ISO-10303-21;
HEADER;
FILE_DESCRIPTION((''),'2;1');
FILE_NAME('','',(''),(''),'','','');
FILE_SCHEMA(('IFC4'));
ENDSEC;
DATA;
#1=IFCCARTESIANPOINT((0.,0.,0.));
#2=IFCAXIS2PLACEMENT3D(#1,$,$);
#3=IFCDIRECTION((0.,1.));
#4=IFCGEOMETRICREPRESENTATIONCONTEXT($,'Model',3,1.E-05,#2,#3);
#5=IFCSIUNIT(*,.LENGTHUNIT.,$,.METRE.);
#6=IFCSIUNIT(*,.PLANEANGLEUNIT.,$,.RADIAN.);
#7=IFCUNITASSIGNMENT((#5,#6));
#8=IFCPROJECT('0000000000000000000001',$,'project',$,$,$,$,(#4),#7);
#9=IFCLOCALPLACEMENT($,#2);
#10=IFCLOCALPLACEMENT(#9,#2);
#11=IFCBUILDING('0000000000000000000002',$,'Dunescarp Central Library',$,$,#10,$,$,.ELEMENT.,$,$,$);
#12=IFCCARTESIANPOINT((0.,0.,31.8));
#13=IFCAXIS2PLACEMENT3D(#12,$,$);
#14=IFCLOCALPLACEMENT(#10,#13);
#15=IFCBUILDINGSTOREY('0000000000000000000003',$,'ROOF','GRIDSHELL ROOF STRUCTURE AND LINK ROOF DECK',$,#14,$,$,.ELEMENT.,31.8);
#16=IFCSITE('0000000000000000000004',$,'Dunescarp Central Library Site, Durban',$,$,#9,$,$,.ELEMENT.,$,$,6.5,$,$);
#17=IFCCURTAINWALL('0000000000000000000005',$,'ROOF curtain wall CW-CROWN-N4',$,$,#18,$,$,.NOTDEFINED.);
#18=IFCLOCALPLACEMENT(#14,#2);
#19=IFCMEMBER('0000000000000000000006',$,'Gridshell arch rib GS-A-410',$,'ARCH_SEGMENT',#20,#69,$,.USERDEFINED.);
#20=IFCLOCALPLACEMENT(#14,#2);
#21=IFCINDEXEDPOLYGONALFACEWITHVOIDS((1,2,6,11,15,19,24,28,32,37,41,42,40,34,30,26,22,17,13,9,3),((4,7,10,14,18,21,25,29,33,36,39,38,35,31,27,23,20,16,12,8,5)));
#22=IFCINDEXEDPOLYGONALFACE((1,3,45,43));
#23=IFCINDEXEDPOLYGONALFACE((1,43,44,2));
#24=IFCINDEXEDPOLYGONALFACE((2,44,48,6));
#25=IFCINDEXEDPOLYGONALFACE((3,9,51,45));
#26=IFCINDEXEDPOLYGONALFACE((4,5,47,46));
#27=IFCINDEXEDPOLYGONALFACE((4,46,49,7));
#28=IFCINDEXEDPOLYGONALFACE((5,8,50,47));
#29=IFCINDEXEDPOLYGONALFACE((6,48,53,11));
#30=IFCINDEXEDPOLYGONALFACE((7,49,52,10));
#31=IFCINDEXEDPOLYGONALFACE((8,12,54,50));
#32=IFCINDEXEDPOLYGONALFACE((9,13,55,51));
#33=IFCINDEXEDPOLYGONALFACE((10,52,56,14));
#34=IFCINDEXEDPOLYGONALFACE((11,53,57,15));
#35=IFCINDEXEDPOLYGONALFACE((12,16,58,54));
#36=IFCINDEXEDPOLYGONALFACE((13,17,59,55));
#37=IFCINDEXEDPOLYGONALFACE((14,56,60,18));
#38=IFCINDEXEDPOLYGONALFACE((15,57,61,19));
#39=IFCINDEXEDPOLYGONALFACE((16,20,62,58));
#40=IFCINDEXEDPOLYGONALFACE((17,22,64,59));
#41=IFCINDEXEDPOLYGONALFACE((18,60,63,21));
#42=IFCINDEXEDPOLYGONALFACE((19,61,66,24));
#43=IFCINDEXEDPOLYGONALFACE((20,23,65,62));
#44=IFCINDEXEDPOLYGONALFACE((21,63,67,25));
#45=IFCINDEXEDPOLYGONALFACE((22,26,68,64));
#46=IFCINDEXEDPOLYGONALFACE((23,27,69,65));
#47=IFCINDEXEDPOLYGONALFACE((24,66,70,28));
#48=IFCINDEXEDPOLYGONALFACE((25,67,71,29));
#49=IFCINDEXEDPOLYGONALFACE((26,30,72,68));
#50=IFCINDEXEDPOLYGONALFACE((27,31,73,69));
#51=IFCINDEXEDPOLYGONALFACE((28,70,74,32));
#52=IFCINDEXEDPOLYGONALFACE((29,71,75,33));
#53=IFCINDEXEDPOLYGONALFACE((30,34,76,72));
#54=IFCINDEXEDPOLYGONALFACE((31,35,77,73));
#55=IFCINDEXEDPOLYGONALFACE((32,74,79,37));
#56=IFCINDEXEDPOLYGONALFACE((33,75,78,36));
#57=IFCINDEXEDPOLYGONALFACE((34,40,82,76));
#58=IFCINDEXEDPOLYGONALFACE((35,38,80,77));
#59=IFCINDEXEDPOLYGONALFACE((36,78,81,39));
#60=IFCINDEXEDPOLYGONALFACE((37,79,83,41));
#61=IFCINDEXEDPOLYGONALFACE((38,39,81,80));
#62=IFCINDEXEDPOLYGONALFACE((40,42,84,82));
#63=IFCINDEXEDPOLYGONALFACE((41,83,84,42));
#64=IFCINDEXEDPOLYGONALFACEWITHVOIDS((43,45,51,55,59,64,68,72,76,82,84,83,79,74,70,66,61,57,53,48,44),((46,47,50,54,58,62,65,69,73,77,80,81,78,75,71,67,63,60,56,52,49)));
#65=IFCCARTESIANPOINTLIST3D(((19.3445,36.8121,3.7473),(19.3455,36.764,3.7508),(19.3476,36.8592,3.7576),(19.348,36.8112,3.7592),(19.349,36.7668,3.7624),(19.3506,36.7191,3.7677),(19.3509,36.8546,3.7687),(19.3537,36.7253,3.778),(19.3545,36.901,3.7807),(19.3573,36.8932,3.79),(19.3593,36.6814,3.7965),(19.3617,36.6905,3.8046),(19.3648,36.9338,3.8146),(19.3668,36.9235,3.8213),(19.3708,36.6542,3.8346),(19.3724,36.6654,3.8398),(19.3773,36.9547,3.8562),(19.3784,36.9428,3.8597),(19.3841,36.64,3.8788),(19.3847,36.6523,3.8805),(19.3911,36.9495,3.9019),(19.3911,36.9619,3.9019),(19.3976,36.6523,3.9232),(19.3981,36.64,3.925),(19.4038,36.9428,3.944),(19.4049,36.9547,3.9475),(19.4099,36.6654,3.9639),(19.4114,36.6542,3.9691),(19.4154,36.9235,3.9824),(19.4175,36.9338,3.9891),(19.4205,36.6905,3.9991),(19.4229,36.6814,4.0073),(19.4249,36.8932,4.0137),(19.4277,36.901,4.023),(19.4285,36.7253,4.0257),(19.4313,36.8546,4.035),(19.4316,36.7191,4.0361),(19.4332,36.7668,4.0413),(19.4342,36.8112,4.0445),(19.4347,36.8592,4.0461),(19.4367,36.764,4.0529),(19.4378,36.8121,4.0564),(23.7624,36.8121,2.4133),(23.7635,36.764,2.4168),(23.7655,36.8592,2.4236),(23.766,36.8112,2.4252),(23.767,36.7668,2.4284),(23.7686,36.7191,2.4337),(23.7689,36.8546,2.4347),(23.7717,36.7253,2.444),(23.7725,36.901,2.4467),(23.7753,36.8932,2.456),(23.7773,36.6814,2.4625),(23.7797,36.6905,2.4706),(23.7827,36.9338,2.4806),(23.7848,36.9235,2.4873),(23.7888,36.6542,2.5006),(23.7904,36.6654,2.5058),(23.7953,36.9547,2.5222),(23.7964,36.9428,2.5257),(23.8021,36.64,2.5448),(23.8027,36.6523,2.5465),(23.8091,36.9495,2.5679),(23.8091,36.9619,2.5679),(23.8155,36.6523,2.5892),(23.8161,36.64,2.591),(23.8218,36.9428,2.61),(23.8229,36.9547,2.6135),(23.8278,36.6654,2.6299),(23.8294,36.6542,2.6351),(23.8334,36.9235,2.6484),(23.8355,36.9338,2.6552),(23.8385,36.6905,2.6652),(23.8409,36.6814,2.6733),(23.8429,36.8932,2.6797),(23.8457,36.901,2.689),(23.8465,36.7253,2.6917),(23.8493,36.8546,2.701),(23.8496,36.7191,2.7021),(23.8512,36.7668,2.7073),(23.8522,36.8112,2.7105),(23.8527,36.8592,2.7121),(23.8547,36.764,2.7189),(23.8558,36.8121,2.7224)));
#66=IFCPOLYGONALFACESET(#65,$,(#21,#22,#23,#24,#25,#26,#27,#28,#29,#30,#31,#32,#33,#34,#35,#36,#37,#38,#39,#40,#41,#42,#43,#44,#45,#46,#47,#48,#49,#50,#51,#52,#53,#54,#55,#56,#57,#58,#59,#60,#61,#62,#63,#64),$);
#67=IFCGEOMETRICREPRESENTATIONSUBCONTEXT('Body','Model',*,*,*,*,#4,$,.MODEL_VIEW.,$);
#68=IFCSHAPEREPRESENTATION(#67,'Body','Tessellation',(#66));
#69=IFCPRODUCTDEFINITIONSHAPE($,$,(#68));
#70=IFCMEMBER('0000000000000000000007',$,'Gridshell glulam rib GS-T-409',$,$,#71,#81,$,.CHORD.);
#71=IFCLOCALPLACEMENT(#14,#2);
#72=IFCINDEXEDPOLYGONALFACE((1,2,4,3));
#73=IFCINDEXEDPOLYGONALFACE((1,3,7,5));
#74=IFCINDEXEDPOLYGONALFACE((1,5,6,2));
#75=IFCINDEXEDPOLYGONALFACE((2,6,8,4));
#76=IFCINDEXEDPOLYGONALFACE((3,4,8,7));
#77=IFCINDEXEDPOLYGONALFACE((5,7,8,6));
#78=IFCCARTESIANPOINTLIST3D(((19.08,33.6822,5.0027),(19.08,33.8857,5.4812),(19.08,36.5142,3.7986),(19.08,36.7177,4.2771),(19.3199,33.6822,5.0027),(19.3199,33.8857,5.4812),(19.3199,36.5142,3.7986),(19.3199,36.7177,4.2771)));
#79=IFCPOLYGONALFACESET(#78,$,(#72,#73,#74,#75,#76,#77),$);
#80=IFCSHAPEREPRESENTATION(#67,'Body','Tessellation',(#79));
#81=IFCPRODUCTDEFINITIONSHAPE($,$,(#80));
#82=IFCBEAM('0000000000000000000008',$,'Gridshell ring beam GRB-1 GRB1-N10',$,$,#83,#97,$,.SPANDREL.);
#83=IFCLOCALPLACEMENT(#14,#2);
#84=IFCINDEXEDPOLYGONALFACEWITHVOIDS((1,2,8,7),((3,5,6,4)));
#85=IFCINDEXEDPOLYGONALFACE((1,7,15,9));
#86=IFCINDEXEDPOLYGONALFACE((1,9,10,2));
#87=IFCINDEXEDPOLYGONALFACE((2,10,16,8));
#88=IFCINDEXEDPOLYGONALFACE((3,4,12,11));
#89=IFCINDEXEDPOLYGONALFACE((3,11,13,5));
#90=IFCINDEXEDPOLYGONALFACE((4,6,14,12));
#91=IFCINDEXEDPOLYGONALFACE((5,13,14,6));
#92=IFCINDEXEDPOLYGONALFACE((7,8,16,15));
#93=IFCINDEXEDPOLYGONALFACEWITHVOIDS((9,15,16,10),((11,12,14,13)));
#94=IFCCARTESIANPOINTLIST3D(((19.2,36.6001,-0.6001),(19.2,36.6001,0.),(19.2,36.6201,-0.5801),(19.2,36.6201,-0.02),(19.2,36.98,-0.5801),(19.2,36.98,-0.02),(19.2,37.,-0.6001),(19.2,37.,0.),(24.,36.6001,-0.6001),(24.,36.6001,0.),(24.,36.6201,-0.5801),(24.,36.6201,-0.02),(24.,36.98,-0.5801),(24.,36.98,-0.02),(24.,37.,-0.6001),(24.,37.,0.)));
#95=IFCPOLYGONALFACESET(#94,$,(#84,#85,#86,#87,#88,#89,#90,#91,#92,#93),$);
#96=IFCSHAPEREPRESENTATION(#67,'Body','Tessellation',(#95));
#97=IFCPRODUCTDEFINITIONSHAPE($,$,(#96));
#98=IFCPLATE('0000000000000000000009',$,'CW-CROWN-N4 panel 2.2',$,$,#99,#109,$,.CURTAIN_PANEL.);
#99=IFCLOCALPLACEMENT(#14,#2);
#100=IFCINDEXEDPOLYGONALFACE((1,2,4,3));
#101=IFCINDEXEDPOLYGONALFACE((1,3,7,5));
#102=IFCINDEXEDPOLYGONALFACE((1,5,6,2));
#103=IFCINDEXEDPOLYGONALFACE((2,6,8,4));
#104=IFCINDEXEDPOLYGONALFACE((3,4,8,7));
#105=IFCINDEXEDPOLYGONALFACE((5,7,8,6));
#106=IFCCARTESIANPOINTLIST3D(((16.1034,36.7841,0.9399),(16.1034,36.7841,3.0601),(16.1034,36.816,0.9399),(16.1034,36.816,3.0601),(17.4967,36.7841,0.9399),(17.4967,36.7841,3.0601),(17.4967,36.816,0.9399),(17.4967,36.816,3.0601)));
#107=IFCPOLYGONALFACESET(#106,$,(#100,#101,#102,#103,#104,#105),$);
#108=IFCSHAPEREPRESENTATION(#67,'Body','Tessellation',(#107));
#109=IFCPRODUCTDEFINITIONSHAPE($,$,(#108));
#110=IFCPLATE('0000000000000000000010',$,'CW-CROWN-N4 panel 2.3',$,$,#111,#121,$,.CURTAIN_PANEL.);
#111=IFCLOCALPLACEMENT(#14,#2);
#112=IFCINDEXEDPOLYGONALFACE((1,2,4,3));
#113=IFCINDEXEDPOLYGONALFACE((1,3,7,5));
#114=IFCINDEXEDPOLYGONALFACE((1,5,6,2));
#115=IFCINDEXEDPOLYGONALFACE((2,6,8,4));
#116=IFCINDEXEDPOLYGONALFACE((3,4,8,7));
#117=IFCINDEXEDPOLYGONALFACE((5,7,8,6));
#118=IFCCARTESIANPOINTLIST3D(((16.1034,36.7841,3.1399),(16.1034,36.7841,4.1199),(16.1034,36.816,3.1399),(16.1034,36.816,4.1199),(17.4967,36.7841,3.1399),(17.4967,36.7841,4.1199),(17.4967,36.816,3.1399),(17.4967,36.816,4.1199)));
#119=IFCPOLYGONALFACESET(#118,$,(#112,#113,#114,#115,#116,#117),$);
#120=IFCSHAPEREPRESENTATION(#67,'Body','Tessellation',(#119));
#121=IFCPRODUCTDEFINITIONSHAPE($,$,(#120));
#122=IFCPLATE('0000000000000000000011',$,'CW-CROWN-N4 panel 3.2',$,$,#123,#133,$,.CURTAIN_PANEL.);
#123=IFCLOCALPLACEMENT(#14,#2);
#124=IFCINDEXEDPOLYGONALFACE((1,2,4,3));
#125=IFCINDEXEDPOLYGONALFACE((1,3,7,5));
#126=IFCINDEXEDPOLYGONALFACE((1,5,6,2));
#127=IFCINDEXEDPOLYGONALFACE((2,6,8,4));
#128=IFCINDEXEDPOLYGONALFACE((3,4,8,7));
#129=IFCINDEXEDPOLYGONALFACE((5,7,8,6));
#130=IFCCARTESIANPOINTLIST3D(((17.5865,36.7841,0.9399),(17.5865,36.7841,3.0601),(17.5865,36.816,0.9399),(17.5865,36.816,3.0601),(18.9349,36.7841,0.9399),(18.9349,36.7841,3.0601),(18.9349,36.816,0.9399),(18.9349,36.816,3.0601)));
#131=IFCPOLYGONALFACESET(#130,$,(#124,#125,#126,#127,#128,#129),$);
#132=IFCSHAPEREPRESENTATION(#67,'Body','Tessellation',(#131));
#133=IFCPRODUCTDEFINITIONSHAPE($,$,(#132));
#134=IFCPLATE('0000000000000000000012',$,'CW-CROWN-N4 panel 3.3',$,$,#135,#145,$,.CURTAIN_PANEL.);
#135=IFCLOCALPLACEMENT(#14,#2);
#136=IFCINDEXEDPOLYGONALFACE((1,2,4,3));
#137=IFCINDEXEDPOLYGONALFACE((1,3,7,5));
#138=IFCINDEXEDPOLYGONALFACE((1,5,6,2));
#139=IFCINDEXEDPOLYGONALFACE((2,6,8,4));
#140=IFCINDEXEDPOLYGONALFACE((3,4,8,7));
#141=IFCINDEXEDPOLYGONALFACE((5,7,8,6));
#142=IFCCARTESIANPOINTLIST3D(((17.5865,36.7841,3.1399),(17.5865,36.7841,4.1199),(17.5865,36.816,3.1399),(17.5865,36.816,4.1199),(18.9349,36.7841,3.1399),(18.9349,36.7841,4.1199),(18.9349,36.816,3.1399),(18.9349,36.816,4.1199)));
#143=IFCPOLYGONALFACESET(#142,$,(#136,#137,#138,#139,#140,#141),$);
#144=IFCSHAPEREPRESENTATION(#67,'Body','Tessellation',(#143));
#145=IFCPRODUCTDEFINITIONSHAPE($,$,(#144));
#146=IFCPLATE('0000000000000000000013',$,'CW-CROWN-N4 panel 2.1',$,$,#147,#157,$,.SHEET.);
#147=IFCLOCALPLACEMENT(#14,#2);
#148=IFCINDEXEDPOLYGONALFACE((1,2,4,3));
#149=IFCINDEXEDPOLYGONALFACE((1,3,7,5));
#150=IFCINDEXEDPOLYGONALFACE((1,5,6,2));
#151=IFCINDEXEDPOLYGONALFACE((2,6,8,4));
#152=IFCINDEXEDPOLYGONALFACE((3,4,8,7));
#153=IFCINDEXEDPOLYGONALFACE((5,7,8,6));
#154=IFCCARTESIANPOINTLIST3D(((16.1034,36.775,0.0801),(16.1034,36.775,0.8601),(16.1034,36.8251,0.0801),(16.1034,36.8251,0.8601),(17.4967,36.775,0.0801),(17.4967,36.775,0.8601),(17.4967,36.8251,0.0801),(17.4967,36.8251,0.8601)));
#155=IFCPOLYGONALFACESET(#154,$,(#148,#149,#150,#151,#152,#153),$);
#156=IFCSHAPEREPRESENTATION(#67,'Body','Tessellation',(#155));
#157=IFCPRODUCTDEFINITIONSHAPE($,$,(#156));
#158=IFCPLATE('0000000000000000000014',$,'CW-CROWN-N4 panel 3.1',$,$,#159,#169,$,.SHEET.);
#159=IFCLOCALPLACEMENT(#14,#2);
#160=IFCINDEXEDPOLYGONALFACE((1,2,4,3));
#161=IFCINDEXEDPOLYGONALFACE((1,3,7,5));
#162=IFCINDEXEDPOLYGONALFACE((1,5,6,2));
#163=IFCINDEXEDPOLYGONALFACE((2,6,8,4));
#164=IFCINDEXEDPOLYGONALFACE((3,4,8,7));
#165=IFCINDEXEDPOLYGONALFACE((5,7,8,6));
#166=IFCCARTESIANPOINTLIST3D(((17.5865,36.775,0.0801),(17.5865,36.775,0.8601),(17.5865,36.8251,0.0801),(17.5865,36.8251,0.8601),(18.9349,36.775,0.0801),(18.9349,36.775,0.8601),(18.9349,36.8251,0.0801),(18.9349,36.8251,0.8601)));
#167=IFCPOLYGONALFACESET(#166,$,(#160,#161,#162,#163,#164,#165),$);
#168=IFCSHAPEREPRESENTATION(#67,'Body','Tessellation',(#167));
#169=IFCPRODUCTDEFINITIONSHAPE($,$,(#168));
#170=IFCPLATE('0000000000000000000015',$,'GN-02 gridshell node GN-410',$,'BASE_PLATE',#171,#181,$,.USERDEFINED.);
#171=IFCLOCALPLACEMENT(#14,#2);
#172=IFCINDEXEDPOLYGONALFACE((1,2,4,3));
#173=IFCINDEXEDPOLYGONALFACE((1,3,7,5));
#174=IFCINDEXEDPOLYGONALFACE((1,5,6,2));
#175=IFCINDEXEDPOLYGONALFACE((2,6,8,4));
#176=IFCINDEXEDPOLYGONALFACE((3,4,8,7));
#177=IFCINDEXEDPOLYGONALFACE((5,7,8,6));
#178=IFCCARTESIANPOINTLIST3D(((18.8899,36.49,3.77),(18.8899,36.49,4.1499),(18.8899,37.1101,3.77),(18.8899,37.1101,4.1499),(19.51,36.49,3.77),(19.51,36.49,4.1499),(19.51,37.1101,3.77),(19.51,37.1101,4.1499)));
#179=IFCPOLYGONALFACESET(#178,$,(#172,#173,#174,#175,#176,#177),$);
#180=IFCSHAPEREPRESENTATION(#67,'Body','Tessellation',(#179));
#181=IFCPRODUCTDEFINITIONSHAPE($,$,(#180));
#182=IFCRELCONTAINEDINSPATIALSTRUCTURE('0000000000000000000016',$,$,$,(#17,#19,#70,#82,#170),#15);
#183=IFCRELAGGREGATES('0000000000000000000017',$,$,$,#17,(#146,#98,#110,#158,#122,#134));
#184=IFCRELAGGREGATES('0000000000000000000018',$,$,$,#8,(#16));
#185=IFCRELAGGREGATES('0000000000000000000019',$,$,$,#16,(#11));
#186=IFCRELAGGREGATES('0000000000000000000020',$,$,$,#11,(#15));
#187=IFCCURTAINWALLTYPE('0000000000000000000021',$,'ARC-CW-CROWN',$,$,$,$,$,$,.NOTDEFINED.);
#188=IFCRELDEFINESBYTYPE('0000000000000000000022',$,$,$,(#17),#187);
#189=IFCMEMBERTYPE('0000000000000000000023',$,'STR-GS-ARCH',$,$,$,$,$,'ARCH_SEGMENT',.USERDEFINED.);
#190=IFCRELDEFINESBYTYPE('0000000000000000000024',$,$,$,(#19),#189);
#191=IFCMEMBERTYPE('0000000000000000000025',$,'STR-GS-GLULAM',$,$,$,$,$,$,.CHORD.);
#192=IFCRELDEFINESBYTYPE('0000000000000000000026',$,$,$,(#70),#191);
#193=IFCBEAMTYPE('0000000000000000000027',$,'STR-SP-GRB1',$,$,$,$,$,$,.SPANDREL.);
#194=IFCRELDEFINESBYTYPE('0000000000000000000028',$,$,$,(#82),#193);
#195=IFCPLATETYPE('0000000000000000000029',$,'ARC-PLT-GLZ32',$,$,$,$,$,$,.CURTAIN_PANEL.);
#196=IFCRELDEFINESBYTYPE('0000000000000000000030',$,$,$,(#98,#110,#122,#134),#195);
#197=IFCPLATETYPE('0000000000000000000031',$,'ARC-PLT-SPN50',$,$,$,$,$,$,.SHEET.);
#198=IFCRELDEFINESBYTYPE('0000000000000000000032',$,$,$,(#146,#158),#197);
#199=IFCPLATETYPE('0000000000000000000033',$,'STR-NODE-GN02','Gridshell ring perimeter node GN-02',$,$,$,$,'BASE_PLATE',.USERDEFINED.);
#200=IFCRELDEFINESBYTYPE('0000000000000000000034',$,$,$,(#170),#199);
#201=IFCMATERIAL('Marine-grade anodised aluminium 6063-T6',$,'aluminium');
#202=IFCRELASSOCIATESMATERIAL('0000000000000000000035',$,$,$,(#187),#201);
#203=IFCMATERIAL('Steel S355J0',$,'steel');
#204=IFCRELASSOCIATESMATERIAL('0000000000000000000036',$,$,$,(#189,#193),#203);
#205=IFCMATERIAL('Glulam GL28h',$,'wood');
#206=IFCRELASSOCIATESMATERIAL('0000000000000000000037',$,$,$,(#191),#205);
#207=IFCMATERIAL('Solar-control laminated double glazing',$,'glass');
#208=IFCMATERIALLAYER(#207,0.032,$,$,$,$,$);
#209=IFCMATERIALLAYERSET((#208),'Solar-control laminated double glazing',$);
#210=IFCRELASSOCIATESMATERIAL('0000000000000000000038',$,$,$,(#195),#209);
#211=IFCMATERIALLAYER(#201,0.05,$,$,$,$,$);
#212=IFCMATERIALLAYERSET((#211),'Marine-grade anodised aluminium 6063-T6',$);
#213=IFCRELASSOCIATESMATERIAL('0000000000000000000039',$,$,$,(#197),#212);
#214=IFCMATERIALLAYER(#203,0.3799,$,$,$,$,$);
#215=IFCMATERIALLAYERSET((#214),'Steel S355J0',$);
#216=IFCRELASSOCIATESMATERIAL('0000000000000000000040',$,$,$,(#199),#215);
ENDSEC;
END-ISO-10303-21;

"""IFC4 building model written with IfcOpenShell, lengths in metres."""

from ifc_helpers import new_model, si_unit, direction, frame, origin, origin_2d, place, context, subcontext, project, spatial, rectangle, hollow_rectangle, hollow_circle, extrude, material, layer, layer_set, material_profile, profile_set, type_object, element, aggregate, save


model = new_model("IFC4")

# Units and contexts
model_context = context("Model", 3, precision=1e-05, world=origin(), true_north=direction((0.0, 1.0)))
body_context = subcontext(model_context, "Body", "Model", "MODEL_VIEW")
ifc_project = project(units=[si_unit("LENGTHUNIT", "METRE"), si_unit("PLANEANGLEUNIT", "RADIAN")], contexts=[model_context])

# Site, building, storey
site_placement = place(None, origin())
site = spatial("IfcSite", under=ifc_project, at=site_placement, Name="Dunescarp Central Library Site, Durban", CompositionType="ELEMENT", RefElevation=6.5)
building_placement = place(site_placement, origin())
building = spatial("IfcBuilding", under=site, at=building_placement, Name="Dunescarp Central Library", CompositionType="ELEMENT")
storey_placement = place(building_placement, frame((0.0, 0.0, 31.8)))
storey = spatial("IfcBuildingStorey", under=building, at=storey_placement, Name="ROOF", Description="GRIDSHELL ROOF STRUCTURE AND LINK ROOF DECK", CompositionType="ELEMENT", Elevation=31.8)

# Curtain wall
ifc_material_1 = material(Name="Marine-grade anodised aluminium 6063-T6", Category="aluminium")
curtain_wall_type = type_object("IfcCurtainWallType", Name="ARC-CW-CROWN", PredefinedType="NOTDEFINED", material=ifc_material_1)
curtain_wall_1_placement = place(storey_placement, origin())
curtain_wall_1 = element("IfcCurtainWall", 1, at=curtain_wall_1_placement, inside=storey, type_object=curtain_wall_type, Name="ROOF curtain wall CW-CROWN-N4", PredefinedType="NOTDEFINED")

# Members
ifc_material_2 = material(Name="Steel S355J0", Category="steel")
ifc_material_profile_1 = material_profile(ifc_material_2, hollow_circle(Radius=0.1619, WallThickness=0.0125, at=origin_2d()), Name="CHS 323.9x12.5")
ifc_profile_set_1 = profile_set([ifc_material_profile_1], Name="Steel S355J0")
member_type_1 = type_object("IfcMemberType", Name="STR-GS-ARCH", ElementType="ARCH_SEGMENT", PredefinedType="USERDEFINED", material=ifc_profile_set_1)
member_1_placement = place(storey_placement, frame((19.3911, 36.8, 3.9019), z_axis=(0.957312, 0.0, -0.289056), x_axis=(0.0, 1.0, 0.0)))
element("IfcMember", 2, at=member_1_placement, inside=storey, type_object=member_type_1, Name="Gridshell arch rib GS-A-410", ObjectType="ARCH_SEGMENT", PredefinedType="USERDEFINED", context=body_context, shape_type="SweptSolid", body=[
    extrude(hollow_circle(Radius=0.1619, WallThickness=0.0125, at=origin_2d()), origin(), (0.0, 0.0, 1.0), 4.615),
])
ifc_material_3 = material(Name="Glulam GL28h", Category="wood")
ifc_material_profile_2 = material_profile(ifc_material_3, rectangle(XDim=0.24, YDim=0.52, at=origin_2d()), Name="GL28h 240x520")
ifc_profile_set_2 = profile_set([ifc_material_profile_2], Name="Glulam GL28h")
member_type_2 = type_object("IfcMemberType", Name="STR-GS-GLULAM", PredefinedType="CHORD", material=ifc_profile_set_2)
member_2_placement = place(storey_placement, frame((19.2, 33.7839, 5.2419), z_axis=(0.0, 0.920274, -0.391275), x_axis=(-1.0, 0.0, 0.0)))
element("IfcMember", 3, at=member_2_placement, inside=storey, type_object=member_type_2, Name="Gridshell glulam rib GS-T-409", PredefinedType="CHORD", context=body_context, shape_type="SweptSolid", body=[
    extrude(rectangle(XDim=0.24, YDim=0.52, at=origin_2d()), origin(), (0.0, 0.0, 1.0), 3.0774),
])

# Beam
ifc_material_profile_3 = material_profile(ifc_material_2, hollow_rectangle(XDim=0.3999, YDim=0.6001, WallThickness=0.02, at=origin_2d()), Name="RHS 600x400x20")
ifc_profile_set_3 = profile_set([ifc_material_profile_3], Name="Steel S355J0")
beam_type = type_object("IfcBeamType", Name="STR-SP-GRB1", PredefinedType="SPANDREL", material=ifc_profile_set_3)
beam_placement = place(storey_placement, frame((19.2, 36.8, -0.3), z_axis=(1.0, 0.0, 0.0), x_axis=(0.0, 1.0, 0.0)))
element("IfcBeam", 4, at=beam_placement, inside=storey, type_object=beam_type, Name="Gridshell ring beam GRB-1 GRB1-N10", PredefinedType="SPANDREL", context=body_context, shape_type="SweptSolid", body=[
    extrude(hollow_rectangle(XDim=0.3999, YDim=0.6001, WallThickness=0.02, at=origin_2d()), origin(), (0.0, 0.0, 1.0), 4.8),
])

# Plates
ifc_material_4 = material(Name="Solar-control laminated double glazing", Category="glass")
ifc_layer_1 = layer(ifc_material_4, 0.032)
ifc_layer_set_1 = layer_set([ifc_layer_1], Name="Solar-control laminated double glazing")
plate_type_1 = type_object("IfcPlateType", Name="ARC-PLT-GLZ32", PredefinedType="CURTAIN_PANEL", material=ifc_layer_set_1)
plate_1_placement = place(storey_placement, frame((16.8, 36.8, 0.9399), z_axis=(0.0, 0.0, 1.0), x_axis=(1.0, 0.0, 0.0)))
plate_1 = element("IfcPlate", 5, at=plate_1_placement, type_object=plate_type_1, Name="CW-CROWN-N4 panel 2.2", PredefinedType="CURTAIN_PANEL", context=body_context, shape_type="SweptSolid", body=[
    extrude(rectangle(XDim=1.3933, YDim=0.032, at=origin_2d()), origin(), (0.0, 0.0, 1.0), 2.1201),
])
plate_2_placement = place(storey_placement, frame((16.8, 36.8, 3.1399), z_axis=(0.0, 0.0, 1.0), x_axis=(1.0, 0.0, 0.0)))
plate_2 = element("IfcPlate", 6, at=plate_2_placement, type_object=plate_type_1, Name="CW-CROWN-N4 panel 2.3", PredefinedType="CURTAIN_PANEL", context=body_context, shape_type="SweptSolid", body=[
    extrude(rectangle(XDim=1.3933, YDim=0.032, at=origin_2d()), origin(), (0.0, 0.0, 1.0), 0.98),
])
plate_3_placement = place(storey_placement, frame((18.2607, 36.8, 0.9399), z_axis=(0.0, 0.0, 1.0), x_axis=(1.0, 0.0, 0.0)))
plate_3 = element("IfcPlate", 7, at=plate_3_placement, type_object=plate_type_1, Name="CW-CROWN-N4 panel 3.2", PredefinedType="CURTAIN_PANEL", context=body_context, shape_type="SweptSolid", body=[
    extrude(rectangle(XDim=1.3484, YDim=0.032, at=origin_2d()), origin(), (0.0, 0.0, 1.0), 2.1201),
])
plate_4_placement = place(storey_placement, frame((18.2607, 36.8, 3.1399), z_axis=(0.0, 0.0, 1.0), x_axis=(1.0, 0.0, 0.0)))
plate_4 = element("IfcPlate", 8, at=plate_4_placement, type_object=plate_type_1, Name="CW-CROWN-N4 panel 3.3", PredefinedType="CURTAIN_PANEL", context=body_context, shape_type="SweptSolid", body=[
    extrude(rectangle(XDim=1.3484, YDim=0.032, at=origin_2d()), origin(), (0.0, 0.0, 1.0), 0.98),
])
ifc_layer_2 = layer(ifc_material_1, 0.05)
ifc_layer_set_2 = layer_set([ifc_layer_2], Name="Marine-grade anodised aluminium 6063-T6")
plate_type_2 = type_object("IfcPlateType", Name="ARC-PLT-SPN50", PredefinedType="SHEET", material=ifc_layer_set_2)
plate_5_placement = place(storey_placement, frame((16.8, 36.8, 0.0801), z_axis=(0.0, 0.0, 1.0), x_axis=(1.0, 0.0, 0.0)))
plate_5 = element("IfcPlate", 9, at=plate_5_placement, type_object=plate_type_2, Name="CW-CROWN-N4 panel 2.1", PredefinedType="SHEET", context=body_context, shape_type="SweptSolid", body=[
    extrude(rectangle(XDim=1.3933, YDim=0.05, at=origin_2d()), origin(), (0.0, 0.0, 1.0), 0.78),
])
plate_6_placement = place(storey_placement, frame((18.2607, 36.8, 0.0801), z_axis=(0.0, 0.0, 1.0), x_axis=(1.0, 0.0, 0.0)))
plate_6 = element("IfcPlate", 10, at=plate_6_placement, type_object=plate_type_2, Name="CW-CROWN-N4 panel 3.1", PredefinedType="SHEET", context=body_context, shape_type="SweptSolid", body=[
    extrude(rectangle(XDim=1.3484, YDim=0.05, at=origin_2d()), origin(), (0.0, 0.0, 1.0), 0.78),
])
aggregate(curtain_wall_1, [plate_5, plate_1, plate_2, plate_6, plate_3, plate_4])
ifc_layer_3 = layer(ifc_material_2, 0.3799)
ifc_layer_set_3 = layer_set([ifc_layer_3], Name="Steel S355J0")
plate_type_3 = type_object("IfcPlateType", Name="STR-NODE-GN02", Description="Gridshell ring perimeter node GN-02", ElementType="BASE_PLATE", PredefinedType="USERDEFINED", material=ifc_layer_set_3)
plate_7_placement = place(storey_placement, frame((19.2, 36.8, 3.77), z_axis=(0.0, 0.0, 1.0), x_axis=(1.0, 0.0, 0.0)))
element("IfcPlate", 11, at=plate_7_placement, inside=storey, type_object=plate_type_3, Name="GN-02 gridshell node GN-410", ObjectType="BASE_PLATE", PredefinedType="USERDEFINED", context=body_context, shape_type="SweptSolid", body=[
    extrude(rectangle(XDim=0.6201, YDim=0.6201, at=origin_2d()), origin(), (0.0, 0.0, 1.0), 0.3799),
])

save(model, "model.ifc")
